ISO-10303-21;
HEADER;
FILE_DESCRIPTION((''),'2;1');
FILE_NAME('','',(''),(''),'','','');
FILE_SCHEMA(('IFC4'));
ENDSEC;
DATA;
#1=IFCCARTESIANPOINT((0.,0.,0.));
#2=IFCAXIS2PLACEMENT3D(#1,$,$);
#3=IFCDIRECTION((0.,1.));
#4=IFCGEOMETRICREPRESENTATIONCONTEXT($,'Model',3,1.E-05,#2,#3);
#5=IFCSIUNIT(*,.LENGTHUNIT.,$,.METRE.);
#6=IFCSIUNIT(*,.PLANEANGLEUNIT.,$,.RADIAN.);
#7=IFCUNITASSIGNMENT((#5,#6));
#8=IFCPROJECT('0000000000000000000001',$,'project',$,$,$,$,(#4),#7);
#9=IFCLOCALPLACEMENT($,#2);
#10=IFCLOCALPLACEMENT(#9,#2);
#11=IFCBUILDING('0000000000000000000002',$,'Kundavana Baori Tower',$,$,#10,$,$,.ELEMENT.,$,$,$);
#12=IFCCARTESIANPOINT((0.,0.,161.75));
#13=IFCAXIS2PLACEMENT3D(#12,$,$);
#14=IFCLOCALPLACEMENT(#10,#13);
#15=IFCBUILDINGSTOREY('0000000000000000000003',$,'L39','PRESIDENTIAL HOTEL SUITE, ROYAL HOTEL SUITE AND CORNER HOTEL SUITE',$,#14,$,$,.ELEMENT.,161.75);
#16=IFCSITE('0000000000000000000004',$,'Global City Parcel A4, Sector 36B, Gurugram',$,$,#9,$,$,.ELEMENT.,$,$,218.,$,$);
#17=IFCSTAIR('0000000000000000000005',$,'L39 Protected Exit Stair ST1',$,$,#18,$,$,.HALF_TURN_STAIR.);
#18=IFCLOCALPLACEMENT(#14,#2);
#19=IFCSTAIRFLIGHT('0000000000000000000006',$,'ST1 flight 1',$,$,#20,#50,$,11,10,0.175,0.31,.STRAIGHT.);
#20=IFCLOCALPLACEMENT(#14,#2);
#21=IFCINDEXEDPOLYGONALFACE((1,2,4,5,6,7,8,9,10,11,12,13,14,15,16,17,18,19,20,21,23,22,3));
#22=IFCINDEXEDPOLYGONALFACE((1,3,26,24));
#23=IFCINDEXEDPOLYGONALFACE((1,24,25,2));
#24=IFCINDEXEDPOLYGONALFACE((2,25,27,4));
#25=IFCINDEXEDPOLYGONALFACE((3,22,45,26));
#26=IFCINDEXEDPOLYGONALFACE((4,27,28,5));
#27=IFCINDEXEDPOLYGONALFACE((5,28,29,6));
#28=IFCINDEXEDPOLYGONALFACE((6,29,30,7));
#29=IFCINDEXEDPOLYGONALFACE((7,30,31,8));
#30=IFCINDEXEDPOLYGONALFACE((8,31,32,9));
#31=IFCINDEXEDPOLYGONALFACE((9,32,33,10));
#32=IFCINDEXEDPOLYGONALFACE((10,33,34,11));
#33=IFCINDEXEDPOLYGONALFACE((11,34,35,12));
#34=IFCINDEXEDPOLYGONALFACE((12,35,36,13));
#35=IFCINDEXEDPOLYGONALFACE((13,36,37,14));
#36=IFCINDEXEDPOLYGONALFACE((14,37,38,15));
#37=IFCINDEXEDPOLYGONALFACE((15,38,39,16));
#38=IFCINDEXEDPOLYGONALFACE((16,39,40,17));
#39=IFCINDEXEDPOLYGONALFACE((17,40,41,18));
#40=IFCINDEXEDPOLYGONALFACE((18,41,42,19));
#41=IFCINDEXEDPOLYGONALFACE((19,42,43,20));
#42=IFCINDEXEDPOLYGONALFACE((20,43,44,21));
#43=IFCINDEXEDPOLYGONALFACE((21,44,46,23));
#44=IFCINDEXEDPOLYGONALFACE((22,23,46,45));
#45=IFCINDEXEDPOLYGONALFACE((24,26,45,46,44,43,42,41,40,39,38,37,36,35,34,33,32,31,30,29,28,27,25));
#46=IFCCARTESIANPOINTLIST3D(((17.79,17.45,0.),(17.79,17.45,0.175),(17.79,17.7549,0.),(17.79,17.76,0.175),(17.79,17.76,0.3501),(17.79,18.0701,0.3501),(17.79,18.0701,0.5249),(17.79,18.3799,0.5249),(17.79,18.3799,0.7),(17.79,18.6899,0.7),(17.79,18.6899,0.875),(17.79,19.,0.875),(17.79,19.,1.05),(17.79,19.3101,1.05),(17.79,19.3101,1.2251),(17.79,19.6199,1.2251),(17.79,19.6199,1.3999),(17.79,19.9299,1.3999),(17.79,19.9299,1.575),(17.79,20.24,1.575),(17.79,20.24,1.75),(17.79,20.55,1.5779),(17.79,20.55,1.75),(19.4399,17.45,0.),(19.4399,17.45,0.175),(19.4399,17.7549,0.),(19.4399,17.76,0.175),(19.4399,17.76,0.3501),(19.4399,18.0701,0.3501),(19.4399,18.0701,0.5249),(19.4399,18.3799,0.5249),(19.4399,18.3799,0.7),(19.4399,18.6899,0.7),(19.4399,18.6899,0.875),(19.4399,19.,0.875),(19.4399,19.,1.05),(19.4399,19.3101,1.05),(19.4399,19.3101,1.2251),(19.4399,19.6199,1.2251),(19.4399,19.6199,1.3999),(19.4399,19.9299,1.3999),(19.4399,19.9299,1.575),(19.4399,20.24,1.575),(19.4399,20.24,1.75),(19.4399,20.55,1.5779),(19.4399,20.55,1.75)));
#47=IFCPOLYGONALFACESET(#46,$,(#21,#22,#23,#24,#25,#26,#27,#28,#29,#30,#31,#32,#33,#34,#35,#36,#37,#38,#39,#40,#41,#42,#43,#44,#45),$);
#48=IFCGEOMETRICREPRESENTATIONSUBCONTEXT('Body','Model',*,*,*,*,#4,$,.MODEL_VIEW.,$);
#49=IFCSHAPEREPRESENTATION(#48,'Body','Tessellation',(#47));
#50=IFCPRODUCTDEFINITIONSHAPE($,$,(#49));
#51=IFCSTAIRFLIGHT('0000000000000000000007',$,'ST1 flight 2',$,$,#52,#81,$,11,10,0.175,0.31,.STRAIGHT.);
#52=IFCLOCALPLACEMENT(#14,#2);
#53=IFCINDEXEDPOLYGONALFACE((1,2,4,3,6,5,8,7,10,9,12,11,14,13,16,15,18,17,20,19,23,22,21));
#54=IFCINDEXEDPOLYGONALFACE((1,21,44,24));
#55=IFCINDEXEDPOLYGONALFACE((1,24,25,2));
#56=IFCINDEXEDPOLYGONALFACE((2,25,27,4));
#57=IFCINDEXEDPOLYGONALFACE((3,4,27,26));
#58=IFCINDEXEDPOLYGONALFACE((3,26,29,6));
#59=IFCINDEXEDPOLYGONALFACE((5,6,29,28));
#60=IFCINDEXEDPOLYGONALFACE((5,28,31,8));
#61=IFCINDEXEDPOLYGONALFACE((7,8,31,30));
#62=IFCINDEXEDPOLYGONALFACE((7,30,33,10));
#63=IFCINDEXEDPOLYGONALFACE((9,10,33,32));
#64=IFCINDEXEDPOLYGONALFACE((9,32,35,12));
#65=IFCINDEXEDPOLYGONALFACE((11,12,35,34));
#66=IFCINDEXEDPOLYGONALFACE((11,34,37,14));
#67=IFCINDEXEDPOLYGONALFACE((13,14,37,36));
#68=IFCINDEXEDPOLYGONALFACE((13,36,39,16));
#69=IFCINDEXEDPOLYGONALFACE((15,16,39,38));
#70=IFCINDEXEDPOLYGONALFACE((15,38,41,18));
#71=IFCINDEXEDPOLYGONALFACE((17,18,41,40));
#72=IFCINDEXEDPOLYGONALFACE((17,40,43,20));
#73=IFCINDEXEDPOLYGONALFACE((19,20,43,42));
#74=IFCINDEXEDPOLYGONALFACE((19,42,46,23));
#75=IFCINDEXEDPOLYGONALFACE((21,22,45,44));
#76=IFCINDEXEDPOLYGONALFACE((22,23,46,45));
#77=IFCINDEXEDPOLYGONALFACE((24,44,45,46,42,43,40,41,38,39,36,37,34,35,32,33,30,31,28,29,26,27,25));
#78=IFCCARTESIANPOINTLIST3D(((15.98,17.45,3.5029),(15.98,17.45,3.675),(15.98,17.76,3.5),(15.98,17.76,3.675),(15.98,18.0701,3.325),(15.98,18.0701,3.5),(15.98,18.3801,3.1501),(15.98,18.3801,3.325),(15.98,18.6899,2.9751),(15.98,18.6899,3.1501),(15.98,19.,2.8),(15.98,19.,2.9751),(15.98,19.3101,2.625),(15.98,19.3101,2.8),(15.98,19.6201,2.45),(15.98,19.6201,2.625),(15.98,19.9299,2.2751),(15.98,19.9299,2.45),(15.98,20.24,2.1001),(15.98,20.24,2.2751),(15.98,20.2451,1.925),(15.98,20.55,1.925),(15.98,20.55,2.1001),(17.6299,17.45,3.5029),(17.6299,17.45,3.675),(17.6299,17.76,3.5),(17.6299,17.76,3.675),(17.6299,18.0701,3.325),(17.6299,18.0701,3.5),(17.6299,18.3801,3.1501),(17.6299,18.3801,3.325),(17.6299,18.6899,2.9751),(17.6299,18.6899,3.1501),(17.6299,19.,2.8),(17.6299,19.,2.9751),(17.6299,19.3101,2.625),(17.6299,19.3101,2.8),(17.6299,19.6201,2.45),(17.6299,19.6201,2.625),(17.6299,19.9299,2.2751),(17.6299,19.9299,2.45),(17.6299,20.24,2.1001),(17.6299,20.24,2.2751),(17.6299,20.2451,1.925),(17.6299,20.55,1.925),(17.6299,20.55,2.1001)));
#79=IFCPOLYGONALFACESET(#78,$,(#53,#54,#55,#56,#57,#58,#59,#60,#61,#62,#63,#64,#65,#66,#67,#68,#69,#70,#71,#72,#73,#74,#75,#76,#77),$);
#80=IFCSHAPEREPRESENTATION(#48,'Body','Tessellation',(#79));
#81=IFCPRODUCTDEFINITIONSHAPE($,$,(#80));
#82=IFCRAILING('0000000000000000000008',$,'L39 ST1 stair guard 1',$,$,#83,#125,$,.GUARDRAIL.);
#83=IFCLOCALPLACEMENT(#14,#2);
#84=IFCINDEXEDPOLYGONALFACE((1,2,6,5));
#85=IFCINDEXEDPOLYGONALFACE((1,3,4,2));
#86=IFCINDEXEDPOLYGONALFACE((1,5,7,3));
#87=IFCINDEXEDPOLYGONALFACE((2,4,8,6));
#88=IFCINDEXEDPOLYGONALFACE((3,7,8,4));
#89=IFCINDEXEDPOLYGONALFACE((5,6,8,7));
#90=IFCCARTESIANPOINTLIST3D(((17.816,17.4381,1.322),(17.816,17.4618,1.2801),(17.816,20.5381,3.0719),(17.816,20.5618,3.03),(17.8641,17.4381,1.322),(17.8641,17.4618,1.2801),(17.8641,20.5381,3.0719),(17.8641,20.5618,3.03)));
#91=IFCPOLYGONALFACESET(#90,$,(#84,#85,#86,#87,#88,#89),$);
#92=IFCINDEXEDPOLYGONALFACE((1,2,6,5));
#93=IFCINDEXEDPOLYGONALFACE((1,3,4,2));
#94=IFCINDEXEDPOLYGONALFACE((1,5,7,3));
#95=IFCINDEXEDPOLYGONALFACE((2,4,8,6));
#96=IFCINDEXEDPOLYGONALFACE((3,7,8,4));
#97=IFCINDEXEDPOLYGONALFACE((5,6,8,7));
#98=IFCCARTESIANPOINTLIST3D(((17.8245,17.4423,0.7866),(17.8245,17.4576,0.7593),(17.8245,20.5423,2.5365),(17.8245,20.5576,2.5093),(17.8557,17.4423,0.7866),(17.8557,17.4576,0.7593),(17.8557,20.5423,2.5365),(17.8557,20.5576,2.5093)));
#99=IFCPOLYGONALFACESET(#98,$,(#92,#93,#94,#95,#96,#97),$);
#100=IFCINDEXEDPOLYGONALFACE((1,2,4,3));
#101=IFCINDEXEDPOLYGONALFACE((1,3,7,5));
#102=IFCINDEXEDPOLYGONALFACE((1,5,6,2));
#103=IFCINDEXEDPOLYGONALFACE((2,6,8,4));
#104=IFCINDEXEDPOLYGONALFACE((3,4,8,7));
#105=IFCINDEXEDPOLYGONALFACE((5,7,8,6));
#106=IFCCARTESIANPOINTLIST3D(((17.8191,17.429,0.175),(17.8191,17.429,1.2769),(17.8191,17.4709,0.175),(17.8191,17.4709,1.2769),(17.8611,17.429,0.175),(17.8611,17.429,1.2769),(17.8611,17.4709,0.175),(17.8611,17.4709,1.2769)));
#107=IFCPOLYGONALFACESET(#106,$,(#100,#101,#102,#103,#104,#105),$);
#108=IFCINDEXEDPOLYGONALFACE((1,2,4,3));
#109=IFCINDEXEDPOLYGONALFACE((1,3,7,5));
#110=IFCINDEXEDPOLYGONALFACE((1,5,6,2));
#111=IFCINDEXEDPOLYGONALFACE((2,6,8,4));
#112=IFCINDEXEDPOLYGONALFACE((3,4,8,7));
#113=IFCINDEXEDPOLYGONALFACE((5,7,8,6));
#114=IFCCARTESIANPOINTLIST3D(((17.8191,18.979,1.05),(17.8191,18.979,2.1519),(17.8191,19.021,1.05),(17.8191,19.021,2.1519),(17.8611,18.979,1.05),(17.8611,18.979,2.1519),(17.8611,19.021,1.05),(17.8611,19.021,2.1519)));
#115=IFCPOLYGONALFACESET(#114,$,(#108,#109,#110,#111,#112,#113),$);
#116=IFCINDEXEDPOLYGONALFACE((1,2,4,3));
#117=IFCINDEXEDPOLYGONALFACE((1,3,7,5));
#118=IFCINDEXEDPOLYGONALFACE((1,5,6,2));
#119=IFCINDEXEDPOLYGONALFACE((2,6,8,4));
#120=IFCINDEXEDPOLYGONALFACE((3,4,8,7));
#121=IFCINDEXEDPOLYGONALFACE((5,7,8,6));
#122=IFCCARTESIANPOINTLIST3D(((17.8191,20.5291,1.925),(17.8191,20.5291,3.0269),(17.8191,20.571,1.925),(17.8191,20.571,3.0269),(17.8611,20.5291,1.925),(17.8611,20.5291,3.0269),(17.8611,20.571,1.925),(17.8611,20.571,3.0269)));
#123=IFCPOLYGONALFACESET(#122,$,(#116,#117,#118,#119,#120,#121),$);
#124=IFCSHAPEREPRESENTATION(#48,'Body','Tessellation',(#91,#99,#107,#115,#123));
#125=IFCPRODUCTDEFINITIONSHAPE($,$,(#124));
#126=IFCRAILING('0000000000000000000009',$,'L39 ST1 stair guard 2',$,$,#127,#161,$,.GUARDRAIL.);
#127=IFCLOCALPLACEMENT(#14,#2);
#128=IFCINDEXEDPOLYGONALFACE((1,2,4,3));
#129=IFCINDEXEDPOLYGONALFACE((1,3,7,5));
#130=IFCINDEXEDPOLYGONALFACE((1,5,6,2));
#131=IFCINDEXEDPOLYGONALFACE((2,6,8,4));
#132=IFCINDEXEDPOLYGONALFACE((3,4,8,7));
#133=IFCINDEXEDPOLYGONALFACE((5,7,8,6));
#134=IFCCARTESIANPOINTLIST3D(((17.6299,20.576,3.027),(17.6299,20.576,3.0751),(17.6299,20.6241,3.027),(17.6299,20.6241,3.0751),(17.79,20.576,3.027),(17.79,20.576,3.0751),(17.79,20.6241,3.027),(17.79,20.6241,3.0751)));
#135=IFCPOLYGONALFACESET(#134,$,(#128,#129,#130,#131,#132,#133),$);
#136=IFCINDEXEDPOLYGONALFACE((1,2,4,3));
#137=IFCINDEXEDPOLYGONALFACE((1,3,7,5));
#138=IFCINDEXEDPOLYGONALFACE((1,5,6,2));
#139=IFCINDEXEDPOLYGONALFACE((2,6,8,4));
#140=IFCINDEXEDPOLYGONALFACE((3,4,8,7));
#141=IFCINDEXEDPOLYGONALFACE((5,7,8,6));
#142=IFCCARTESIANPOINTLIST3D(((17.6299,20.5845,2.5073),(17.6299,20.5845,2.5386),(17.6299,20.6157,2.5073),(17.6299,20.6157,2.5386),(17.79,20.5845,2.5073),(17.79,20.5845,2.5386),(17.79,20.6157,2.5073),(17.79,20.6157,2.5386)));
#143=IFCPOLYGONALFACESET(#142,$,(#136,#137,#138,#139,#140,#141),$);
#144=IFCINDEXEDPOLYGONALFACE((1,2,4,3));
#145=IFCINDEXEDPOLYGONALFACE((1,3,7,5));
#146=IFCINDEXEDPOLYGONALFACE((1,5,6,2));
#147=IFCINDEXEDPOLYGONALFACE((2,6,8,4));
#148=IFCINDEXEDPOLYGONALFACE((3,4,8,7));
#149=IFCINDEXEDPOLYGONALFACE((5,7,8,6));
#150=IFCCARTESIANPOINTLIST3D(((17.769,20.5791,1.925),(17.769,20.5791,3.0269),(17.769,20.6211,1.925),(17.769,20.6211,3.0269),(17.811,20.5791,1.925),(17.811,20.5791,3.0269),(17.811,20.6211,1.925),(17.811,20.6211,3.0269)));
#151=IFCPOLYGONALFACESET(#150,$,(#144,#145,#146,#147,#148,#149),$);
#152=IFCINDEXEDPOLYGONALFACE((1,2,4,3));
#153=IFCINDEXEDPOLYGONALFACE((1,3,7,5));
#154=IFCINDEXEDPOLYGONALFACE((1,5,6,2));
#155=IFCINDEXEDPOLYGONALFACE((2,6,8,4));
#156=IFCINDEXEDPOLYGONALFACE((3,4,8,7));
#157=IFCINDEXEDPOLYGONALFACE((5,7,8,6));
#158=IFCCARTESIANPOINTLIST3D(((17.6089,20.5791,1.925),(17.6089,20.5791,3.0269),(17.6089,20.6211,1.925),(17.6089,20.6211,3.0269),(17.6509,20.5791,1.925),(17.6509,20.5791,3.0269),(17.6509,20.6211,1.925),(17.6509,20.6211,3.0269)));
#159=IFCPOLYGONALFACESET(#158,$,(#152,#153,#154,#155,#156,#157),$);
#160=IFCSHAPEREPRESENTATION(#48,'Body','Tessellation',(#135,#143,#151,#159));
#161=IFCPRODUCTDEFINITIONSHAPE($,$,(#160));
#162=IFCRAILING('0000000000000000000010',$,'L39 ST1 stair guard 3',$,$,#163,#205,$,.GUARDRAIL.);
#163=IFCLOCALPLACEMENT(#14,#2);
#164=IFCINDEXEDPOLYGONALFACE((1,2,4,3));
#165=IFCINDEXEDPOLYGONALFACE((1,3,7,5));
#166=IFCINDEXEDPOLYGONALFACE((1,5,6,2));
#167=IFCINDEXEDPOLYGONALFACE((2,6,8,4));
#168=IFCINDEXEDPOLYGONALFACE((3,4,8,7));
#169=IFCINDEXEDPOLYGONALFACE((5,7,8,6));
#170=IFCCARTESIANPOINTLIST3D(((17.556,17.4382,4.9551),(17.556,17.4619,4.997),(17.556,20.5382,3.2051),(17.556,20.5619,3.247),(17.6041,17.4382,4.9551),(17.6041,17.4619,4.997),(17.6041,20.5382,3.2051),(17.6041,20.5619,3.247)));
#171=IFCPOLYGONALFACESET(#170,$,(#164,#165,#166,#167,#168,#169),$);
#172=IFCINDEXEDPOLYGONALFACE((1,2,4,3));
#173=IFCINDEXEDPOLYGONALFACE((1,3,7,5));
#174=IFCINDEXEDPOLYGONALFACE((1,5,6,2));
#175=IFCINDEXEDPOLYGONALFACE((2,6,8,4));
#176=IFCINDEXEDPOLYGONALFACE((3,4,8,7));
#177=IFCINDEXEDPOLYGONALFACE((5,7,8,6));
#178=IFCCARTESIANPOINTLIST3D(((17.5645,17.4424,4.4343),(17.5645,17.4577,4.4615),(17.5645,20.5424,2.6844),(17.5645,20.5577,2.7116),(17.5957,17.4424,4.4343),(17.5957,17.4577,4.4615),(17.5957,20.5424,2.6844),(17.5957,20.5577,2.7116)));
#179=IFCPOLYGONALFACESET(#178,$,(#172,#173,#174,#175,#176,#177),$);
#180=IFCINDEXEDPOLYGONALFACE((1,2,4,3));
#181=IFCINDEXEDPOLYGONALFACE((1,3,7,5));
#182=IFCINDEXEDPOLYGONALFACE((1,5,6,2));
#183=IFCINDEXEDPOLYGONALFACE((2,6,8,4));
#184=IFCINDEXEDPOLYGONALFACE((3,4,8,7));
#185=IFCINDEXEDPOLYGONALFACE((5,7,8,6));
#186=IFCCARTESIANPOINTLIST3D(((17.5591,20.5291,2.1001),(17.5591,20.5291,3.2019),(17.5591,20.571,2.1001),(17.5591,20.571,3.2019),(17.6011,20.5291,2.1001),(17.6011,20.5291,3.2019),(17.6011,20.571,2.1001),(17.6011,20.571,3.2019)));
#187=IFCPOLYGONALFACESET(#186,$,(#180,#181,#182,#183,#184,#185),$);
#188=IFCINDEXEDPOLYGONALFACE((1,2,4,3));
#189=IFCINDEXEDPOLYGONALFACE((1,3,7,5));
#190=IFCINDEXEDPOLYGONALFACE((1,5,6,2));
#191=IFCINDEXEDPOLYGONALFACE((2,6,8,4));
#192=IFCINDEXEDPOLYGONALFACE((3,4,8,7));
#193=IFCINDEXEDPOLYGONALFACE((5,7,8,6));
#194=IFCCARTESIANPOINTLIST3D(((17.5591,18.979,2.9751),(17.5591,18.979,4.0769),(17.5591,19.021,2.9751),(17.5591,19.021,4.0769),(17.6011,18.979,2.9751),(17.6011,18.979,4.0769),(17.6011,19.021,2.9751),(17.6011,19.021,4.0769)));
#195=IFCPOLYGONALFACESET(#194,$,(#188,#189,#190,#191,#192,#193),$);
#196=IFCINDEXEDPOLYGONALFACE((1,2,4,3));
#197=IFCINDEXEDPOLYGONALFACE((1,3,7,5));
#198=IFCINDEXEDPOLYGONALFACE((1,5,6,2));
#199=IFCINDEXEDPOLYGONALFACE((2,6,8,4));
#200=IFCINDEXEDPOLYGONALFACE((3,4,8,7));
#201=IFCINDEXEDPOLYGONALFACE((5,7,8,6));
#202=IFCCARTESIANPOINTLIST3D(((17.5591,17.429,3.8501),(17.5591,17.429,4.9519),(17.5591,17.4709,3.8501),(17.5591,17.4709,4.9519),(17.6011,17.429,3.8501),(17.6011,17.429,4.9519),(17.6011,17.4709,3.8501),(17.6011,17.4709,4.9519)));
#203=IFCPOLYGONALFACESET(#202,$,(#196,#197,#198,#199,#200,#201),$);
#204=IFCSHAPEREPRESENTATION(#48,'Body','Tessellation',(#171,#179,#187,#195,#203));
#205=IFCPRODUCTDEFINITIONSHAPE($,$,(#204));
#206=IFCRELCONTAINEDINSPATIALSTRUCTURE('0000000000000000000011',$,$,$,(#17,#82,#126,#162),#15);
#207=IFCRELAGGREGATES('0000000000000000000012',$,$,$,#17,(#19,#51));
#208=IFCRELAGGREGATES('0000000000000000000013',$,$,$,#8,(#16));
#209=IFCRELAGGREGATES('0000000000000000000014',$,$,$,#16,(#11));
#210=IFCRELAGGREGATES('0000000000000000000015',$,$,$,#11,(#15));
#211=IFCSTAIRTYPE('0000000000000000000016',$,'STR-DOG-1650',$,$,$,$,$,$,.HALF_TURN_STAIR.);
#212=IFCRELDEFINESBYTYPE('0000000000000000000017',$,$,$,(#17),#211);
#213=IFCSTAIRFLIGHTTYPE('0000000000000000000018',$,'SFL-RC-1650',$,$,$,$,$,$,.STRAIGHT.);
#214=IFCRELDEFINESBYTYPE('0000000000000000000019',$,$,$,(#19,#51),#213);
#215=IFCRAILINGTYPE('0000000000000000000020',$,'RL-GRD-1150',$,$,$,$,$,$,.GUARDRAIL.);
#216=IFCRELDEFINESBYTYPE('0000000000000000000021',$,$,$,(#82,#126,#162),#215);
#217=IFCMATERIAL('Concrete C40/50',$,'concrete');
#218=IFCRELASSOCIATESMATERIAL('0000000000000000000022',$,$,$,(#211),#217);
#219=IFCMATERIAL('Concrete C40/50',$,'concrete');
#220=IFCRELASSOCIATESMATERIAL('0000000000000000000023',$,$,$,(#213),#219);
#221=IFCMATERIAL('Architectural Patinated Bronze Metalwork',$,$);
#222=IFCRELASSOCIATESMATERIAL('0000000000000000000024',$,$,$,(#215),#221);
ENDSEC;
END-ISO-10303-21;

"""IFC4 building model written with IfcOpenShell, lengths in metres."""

from ifc_helpers import new_model, si_unit, direction, frame, origin, origin_2d, place, context, subcontext, project, spatial, polyline, rectangle, outline, extrude, material, type_object, element, aggregate, save


model = new_model("IFC4")

# Units and contexts
model_context = context("Model", 3, precision=1e-05, world=origin(), true_north=direction((0.0, 1.0)))
body_context = subcontext(model_context, "Body", "Model", "MODEL_VIEW")
ifc_project = project(units=[si_unit("LENGTHUNIT", "METRE"), si_unit("PLANEANGLEUNIT", "RADIAN")], contexts=[model_context])

# Site, building, storey
site_placement = place(None, origin())
site = spatial("IfcSite", under=ifc_project, at=site_placement, Name="Global City Parcel A4, Sector 36B, Gurugram", CompositionType="ELEMENT", RefElevation=218.0)
building_placement = place(site_placement, origin())
building = spatial("IfcBuilding", under=site, at=building_placement, Name="Kundavana Baori Tower", CompositionType="ELEMENT")
storey_placement = place(building_placement, frame((0.0, 0.0, 161.75)))
storey = spatial("IfcBuildingStorey", under=building, at=storey_placement, Name="L39", Description="PRESIDENTIAL HOTEL SUITE, ROYAL HOTEL SUITE AND CORNER HOTEL SUITE", CompositionType="ELEMENT", Elevation=161.75)

# Stair, stair flights
ifc_material_1 = material(Name="Concrete C40/50", Category="concrete")
stair_type = type_object("IfcStairType", Name="STR-DOG-1650", PredefinedType="HALF_TURN_STAIR", material=ifc_material_1)
stair_placement = place(storey_placement, origin())
stair = element("IfcStair", 1, at=stair_placement, inside=storey, type_object=stair_type, Name="L39 Protected Exit Stair ST1", PredefinedType="HALF_TURN_STAIR")
ifc_material_2 = material(Name="Concrete C40/50", Category="concrete")
stair_flight_type = type_object("IfcStairFlightType", Name="SFL-RC-1650", PredefinedType="STRAIGHT", material=ifc_material_2)
stair_flight_1_placement = place(storey_placement, frame((18.615, 17.45, 0.0), z_axis=(0.0, 0.0, 1.0), x_axis=(0.0, 1.0, 0.0)))
stair_flight_1 = element("IfcStairFlight", 2, at=stair_flight_1_placement, type_object=stair_flight_type, Name="ST1 flight 1", NumberOfRisers=11, NumberOfTreads=10, PredefinedType="STRAIGHT", RiserHeight=0.175, TreadLength=0.31, context=body_context, shape_type="SweptSolid", body=[
    extrude(outline(polyline([(0.0, 0.0), (0.0, 0.175), (0.3101, 0.175), (0.3101, 0.3501), (0.6201, 0.3501), (0.6201, 0.5249), (0.9299, 0.5249), (0.9299, 0.7), (1.24, 0.7), (1.24, 0.875), (1.55, 0.875), (1.55, 1.05), (1.8601, 1.05), (1.8601, 1.2251), (2.1699, 1.2251), (2.1699, 1.3999), (2.48, 1.3999), (2.48, 1.575), (2.79, 1.575), (2.79, 1.75), (3.1001, 1.75), (3.1001, 1.925), (3.1001, 1.5779), (0.3049, 0.0), (0.0, 0.0)])), frame((0.0, 0.825, 0.0), z_axis=(0.0, -1.0, 0.0), x_axis=(1.0, 0.0, 0.0)), (0.0, 0.0, 1.0), 1.6499),
])
stair_flight_2_placement = place(storey_placement, frame((16.8049, 20.55, 1.925), z_axis=(0.0, 0.0, 1.0), x_axis=(0.0, -1.0, 0.0)))
stair_flight_2 = element("IfcStairFlight", 3, at=stair_flight_2_placement, type_object=stair_flight_type, Name="ST1 flight 2", NumberOfRisers=11, NumberOfTreads=10, PredefinedType="STRAIGHT", RiserHeight=0.175, TreadLength=0.31, context=body_context, shape_type="SweptSolid", body=[
    extrude(outline(polyline([(0.0, 0.0), (0.0, 0.175), (0.3101, 0.175), (0.3101, 0.3501), (0.6201, 0.3501), (0.6201, 0.5249), (0.9299, 0.5249), (0.9299, 0.7), (1.24, 0.7), (1.24, 0.875), (1.55, 0.875), (1.55, 1.05), (1.8601, 1.05), (1.8601, 1.2251), (2.1699, 1.2251), (2.1699, 1.3999), (2.48, 1.3999), (2.48, 1.575), (2.79, 1.575), (2.79, 1.75), (3.1001, 1.75), (3.1001, 1.925), (3.1001, 1.5779), (0.3049, 0.0), (0.0, 0.0)])), frame((0.0, 0.825, 0.0), z_axis=(0.0, -1.0, 0.0), x_axis=(1.0, 0.0, 0.0)), (0.0, 0.0, 1.0), 1.6499),
])
aggregate(stair, [stair_flight_1, stair_flight_2])

# Railings
ifc_material_3 = material(Name="Architectural Patinated Bronze Metalwork")
railing_type_1 = type_object("IfcRailingType", Name="RL-GRD-1150", PredefinedType="GUARDRAIL", material=ifc_material_3)
railing_1_placement = place(storey_placement, frame((17.8401, 17.45, 0.175)))
element("IfcRailing", 4, at=railing_1_placement, inside=storey, type_object=railing_type_1, Name="L39 ST1 stair guard 1", PredefinedType="GUARDRAIL", context=body_context, shape_type="SweptSolid", body=[
    extrude(rectangle(XDim=0.0481, YDim=0.0481, at=origin_2d()), frame((0.0, 0.0, 1.126), z_axis=(0.0, 0.870831, 0.491583), x_axis=(-1.0, 0.0, 0.0)), (0.0, 0.0, 1.0), 3.5598),
    extrude(rectangle(XDim=0.0312, YDim=0.0312, at=origin_2d()), frame((0.0, 0.0, 0.5979), z_axis=(0.0, 0.870831, 0.491583), x_axis=(-1.0, 0.0, 0.0)), (0.0, 0.0, 1.0), 3.5598),
    extrude(rectangle(XDim=0.042, YDim=0.042, at=origin_2d()), origin(), (0.0, 0.0, 1.0), 1.1018),
    extrude(rectangle(XDim=0.042, YDim=0.042, at=origin_2d()), frame((0.0, 1.55, 0.875)), (0.0, 0.0, 1.0), 1.1018),
    extrude(rectangle(XDim=0.042, YDim=0.042, at=origin_2d()), frame((0.0, 3.1001, 1.75)), (0.0, 0.0, 1.0), 1.1018),
])
railing_2_placement = place(storey_placement, frame((17.79, 20.6001, 1.925)))
element("IfcRailing", 5, at=railing_2_placement, inside=storey, type_object=railing_type_1, Name="L39 ST1 stair guard 2", PredefinedType="GUARDRAIL", context=body_context, shape_type="SweptSolid", body=[
    extrude(rectangle(XDim=0.0481, YDim=0.0481, at=origin_2d()), frame((0.0, 0.0, 1.126), z_axis=(-1.0, 0.0, 0.0), x_axis=(0.0, -1.0, 0.0)), (0.0, 0.0, 1.0), 0.1602),
    extrude(rectangle(XDim=0.0312, YDim=0.0312, at=origin_2d()), frame((0.0, 0.0, 0.5979), z_axis=(-1.0, 0.0, 0.0), x_axis=(0.0, -1.0, 0.0)), (0.0, 0.0, 1.0), 0.1602),
    extrude(rectangle(XDim=0.042, YDim=0.042, at=origin_2d()), origin(), (0.0, 0.0, 1.0), 1.1018),
    extrude(rectangle(XDim=0.042, YDim=0.042, at=origin_2d()), frame((-0.1602, 0.0, 0.0)), (0.0, 0.0, 1.0), 1.1018),
])
railing_3_placement = place(storey_placement, frame((17.5801, 20.55, 2.1001)))
element("IfcRailing", 6, at=railing_3_placement, inside=storey, type_object=railing_type_1, Name="L39 ST1 stair guard 3", PredefinedType="GUARDRAIL", context=body_context, shape_type="SweptSolid", body=[
    extrude(rectangle(XDim=0.0481, YDim=0.0481, at=origin_2d()), frame((0.0, 0.0, 1.126), z_axis=(0.0, -0.870831, 0.491583), x_axis=(1.0, 0.0, 0.0)), (0.0, 0.0, 1.0), 3.5598),
    extrude(rectangle(XDim=0.0312, YDim=0.0312, at=origin_2d()), frame((0.0, 0.0, 0.5979), z_axis=(0.0, -0.870831, 0.491583), x_axis=(1.0, 0.0, 0.0)), (0.0, 0.0, 1.0), 3.5598),
    extrude(rectangle(XDim=0.042, YDim=0.042, at=origin_2d()), origin(), (0.0, 0.0, 1.0), 1.1018),
    extrude(rectangle(XDim=0.042, YDim=0.042, at=origin_2d()), frame((0.0, -1.55, 0.875)), (0.0, 0.0, 1.0), 1.1018),
    extrude(rectangle(XDim=0.042, YDim=0.042, at=origin_2d()), frame((0.0, -3.1001, 1.75)), (0.0, 0.0, 1.0), 1.1018),
])

save(model, "model.ifc")
